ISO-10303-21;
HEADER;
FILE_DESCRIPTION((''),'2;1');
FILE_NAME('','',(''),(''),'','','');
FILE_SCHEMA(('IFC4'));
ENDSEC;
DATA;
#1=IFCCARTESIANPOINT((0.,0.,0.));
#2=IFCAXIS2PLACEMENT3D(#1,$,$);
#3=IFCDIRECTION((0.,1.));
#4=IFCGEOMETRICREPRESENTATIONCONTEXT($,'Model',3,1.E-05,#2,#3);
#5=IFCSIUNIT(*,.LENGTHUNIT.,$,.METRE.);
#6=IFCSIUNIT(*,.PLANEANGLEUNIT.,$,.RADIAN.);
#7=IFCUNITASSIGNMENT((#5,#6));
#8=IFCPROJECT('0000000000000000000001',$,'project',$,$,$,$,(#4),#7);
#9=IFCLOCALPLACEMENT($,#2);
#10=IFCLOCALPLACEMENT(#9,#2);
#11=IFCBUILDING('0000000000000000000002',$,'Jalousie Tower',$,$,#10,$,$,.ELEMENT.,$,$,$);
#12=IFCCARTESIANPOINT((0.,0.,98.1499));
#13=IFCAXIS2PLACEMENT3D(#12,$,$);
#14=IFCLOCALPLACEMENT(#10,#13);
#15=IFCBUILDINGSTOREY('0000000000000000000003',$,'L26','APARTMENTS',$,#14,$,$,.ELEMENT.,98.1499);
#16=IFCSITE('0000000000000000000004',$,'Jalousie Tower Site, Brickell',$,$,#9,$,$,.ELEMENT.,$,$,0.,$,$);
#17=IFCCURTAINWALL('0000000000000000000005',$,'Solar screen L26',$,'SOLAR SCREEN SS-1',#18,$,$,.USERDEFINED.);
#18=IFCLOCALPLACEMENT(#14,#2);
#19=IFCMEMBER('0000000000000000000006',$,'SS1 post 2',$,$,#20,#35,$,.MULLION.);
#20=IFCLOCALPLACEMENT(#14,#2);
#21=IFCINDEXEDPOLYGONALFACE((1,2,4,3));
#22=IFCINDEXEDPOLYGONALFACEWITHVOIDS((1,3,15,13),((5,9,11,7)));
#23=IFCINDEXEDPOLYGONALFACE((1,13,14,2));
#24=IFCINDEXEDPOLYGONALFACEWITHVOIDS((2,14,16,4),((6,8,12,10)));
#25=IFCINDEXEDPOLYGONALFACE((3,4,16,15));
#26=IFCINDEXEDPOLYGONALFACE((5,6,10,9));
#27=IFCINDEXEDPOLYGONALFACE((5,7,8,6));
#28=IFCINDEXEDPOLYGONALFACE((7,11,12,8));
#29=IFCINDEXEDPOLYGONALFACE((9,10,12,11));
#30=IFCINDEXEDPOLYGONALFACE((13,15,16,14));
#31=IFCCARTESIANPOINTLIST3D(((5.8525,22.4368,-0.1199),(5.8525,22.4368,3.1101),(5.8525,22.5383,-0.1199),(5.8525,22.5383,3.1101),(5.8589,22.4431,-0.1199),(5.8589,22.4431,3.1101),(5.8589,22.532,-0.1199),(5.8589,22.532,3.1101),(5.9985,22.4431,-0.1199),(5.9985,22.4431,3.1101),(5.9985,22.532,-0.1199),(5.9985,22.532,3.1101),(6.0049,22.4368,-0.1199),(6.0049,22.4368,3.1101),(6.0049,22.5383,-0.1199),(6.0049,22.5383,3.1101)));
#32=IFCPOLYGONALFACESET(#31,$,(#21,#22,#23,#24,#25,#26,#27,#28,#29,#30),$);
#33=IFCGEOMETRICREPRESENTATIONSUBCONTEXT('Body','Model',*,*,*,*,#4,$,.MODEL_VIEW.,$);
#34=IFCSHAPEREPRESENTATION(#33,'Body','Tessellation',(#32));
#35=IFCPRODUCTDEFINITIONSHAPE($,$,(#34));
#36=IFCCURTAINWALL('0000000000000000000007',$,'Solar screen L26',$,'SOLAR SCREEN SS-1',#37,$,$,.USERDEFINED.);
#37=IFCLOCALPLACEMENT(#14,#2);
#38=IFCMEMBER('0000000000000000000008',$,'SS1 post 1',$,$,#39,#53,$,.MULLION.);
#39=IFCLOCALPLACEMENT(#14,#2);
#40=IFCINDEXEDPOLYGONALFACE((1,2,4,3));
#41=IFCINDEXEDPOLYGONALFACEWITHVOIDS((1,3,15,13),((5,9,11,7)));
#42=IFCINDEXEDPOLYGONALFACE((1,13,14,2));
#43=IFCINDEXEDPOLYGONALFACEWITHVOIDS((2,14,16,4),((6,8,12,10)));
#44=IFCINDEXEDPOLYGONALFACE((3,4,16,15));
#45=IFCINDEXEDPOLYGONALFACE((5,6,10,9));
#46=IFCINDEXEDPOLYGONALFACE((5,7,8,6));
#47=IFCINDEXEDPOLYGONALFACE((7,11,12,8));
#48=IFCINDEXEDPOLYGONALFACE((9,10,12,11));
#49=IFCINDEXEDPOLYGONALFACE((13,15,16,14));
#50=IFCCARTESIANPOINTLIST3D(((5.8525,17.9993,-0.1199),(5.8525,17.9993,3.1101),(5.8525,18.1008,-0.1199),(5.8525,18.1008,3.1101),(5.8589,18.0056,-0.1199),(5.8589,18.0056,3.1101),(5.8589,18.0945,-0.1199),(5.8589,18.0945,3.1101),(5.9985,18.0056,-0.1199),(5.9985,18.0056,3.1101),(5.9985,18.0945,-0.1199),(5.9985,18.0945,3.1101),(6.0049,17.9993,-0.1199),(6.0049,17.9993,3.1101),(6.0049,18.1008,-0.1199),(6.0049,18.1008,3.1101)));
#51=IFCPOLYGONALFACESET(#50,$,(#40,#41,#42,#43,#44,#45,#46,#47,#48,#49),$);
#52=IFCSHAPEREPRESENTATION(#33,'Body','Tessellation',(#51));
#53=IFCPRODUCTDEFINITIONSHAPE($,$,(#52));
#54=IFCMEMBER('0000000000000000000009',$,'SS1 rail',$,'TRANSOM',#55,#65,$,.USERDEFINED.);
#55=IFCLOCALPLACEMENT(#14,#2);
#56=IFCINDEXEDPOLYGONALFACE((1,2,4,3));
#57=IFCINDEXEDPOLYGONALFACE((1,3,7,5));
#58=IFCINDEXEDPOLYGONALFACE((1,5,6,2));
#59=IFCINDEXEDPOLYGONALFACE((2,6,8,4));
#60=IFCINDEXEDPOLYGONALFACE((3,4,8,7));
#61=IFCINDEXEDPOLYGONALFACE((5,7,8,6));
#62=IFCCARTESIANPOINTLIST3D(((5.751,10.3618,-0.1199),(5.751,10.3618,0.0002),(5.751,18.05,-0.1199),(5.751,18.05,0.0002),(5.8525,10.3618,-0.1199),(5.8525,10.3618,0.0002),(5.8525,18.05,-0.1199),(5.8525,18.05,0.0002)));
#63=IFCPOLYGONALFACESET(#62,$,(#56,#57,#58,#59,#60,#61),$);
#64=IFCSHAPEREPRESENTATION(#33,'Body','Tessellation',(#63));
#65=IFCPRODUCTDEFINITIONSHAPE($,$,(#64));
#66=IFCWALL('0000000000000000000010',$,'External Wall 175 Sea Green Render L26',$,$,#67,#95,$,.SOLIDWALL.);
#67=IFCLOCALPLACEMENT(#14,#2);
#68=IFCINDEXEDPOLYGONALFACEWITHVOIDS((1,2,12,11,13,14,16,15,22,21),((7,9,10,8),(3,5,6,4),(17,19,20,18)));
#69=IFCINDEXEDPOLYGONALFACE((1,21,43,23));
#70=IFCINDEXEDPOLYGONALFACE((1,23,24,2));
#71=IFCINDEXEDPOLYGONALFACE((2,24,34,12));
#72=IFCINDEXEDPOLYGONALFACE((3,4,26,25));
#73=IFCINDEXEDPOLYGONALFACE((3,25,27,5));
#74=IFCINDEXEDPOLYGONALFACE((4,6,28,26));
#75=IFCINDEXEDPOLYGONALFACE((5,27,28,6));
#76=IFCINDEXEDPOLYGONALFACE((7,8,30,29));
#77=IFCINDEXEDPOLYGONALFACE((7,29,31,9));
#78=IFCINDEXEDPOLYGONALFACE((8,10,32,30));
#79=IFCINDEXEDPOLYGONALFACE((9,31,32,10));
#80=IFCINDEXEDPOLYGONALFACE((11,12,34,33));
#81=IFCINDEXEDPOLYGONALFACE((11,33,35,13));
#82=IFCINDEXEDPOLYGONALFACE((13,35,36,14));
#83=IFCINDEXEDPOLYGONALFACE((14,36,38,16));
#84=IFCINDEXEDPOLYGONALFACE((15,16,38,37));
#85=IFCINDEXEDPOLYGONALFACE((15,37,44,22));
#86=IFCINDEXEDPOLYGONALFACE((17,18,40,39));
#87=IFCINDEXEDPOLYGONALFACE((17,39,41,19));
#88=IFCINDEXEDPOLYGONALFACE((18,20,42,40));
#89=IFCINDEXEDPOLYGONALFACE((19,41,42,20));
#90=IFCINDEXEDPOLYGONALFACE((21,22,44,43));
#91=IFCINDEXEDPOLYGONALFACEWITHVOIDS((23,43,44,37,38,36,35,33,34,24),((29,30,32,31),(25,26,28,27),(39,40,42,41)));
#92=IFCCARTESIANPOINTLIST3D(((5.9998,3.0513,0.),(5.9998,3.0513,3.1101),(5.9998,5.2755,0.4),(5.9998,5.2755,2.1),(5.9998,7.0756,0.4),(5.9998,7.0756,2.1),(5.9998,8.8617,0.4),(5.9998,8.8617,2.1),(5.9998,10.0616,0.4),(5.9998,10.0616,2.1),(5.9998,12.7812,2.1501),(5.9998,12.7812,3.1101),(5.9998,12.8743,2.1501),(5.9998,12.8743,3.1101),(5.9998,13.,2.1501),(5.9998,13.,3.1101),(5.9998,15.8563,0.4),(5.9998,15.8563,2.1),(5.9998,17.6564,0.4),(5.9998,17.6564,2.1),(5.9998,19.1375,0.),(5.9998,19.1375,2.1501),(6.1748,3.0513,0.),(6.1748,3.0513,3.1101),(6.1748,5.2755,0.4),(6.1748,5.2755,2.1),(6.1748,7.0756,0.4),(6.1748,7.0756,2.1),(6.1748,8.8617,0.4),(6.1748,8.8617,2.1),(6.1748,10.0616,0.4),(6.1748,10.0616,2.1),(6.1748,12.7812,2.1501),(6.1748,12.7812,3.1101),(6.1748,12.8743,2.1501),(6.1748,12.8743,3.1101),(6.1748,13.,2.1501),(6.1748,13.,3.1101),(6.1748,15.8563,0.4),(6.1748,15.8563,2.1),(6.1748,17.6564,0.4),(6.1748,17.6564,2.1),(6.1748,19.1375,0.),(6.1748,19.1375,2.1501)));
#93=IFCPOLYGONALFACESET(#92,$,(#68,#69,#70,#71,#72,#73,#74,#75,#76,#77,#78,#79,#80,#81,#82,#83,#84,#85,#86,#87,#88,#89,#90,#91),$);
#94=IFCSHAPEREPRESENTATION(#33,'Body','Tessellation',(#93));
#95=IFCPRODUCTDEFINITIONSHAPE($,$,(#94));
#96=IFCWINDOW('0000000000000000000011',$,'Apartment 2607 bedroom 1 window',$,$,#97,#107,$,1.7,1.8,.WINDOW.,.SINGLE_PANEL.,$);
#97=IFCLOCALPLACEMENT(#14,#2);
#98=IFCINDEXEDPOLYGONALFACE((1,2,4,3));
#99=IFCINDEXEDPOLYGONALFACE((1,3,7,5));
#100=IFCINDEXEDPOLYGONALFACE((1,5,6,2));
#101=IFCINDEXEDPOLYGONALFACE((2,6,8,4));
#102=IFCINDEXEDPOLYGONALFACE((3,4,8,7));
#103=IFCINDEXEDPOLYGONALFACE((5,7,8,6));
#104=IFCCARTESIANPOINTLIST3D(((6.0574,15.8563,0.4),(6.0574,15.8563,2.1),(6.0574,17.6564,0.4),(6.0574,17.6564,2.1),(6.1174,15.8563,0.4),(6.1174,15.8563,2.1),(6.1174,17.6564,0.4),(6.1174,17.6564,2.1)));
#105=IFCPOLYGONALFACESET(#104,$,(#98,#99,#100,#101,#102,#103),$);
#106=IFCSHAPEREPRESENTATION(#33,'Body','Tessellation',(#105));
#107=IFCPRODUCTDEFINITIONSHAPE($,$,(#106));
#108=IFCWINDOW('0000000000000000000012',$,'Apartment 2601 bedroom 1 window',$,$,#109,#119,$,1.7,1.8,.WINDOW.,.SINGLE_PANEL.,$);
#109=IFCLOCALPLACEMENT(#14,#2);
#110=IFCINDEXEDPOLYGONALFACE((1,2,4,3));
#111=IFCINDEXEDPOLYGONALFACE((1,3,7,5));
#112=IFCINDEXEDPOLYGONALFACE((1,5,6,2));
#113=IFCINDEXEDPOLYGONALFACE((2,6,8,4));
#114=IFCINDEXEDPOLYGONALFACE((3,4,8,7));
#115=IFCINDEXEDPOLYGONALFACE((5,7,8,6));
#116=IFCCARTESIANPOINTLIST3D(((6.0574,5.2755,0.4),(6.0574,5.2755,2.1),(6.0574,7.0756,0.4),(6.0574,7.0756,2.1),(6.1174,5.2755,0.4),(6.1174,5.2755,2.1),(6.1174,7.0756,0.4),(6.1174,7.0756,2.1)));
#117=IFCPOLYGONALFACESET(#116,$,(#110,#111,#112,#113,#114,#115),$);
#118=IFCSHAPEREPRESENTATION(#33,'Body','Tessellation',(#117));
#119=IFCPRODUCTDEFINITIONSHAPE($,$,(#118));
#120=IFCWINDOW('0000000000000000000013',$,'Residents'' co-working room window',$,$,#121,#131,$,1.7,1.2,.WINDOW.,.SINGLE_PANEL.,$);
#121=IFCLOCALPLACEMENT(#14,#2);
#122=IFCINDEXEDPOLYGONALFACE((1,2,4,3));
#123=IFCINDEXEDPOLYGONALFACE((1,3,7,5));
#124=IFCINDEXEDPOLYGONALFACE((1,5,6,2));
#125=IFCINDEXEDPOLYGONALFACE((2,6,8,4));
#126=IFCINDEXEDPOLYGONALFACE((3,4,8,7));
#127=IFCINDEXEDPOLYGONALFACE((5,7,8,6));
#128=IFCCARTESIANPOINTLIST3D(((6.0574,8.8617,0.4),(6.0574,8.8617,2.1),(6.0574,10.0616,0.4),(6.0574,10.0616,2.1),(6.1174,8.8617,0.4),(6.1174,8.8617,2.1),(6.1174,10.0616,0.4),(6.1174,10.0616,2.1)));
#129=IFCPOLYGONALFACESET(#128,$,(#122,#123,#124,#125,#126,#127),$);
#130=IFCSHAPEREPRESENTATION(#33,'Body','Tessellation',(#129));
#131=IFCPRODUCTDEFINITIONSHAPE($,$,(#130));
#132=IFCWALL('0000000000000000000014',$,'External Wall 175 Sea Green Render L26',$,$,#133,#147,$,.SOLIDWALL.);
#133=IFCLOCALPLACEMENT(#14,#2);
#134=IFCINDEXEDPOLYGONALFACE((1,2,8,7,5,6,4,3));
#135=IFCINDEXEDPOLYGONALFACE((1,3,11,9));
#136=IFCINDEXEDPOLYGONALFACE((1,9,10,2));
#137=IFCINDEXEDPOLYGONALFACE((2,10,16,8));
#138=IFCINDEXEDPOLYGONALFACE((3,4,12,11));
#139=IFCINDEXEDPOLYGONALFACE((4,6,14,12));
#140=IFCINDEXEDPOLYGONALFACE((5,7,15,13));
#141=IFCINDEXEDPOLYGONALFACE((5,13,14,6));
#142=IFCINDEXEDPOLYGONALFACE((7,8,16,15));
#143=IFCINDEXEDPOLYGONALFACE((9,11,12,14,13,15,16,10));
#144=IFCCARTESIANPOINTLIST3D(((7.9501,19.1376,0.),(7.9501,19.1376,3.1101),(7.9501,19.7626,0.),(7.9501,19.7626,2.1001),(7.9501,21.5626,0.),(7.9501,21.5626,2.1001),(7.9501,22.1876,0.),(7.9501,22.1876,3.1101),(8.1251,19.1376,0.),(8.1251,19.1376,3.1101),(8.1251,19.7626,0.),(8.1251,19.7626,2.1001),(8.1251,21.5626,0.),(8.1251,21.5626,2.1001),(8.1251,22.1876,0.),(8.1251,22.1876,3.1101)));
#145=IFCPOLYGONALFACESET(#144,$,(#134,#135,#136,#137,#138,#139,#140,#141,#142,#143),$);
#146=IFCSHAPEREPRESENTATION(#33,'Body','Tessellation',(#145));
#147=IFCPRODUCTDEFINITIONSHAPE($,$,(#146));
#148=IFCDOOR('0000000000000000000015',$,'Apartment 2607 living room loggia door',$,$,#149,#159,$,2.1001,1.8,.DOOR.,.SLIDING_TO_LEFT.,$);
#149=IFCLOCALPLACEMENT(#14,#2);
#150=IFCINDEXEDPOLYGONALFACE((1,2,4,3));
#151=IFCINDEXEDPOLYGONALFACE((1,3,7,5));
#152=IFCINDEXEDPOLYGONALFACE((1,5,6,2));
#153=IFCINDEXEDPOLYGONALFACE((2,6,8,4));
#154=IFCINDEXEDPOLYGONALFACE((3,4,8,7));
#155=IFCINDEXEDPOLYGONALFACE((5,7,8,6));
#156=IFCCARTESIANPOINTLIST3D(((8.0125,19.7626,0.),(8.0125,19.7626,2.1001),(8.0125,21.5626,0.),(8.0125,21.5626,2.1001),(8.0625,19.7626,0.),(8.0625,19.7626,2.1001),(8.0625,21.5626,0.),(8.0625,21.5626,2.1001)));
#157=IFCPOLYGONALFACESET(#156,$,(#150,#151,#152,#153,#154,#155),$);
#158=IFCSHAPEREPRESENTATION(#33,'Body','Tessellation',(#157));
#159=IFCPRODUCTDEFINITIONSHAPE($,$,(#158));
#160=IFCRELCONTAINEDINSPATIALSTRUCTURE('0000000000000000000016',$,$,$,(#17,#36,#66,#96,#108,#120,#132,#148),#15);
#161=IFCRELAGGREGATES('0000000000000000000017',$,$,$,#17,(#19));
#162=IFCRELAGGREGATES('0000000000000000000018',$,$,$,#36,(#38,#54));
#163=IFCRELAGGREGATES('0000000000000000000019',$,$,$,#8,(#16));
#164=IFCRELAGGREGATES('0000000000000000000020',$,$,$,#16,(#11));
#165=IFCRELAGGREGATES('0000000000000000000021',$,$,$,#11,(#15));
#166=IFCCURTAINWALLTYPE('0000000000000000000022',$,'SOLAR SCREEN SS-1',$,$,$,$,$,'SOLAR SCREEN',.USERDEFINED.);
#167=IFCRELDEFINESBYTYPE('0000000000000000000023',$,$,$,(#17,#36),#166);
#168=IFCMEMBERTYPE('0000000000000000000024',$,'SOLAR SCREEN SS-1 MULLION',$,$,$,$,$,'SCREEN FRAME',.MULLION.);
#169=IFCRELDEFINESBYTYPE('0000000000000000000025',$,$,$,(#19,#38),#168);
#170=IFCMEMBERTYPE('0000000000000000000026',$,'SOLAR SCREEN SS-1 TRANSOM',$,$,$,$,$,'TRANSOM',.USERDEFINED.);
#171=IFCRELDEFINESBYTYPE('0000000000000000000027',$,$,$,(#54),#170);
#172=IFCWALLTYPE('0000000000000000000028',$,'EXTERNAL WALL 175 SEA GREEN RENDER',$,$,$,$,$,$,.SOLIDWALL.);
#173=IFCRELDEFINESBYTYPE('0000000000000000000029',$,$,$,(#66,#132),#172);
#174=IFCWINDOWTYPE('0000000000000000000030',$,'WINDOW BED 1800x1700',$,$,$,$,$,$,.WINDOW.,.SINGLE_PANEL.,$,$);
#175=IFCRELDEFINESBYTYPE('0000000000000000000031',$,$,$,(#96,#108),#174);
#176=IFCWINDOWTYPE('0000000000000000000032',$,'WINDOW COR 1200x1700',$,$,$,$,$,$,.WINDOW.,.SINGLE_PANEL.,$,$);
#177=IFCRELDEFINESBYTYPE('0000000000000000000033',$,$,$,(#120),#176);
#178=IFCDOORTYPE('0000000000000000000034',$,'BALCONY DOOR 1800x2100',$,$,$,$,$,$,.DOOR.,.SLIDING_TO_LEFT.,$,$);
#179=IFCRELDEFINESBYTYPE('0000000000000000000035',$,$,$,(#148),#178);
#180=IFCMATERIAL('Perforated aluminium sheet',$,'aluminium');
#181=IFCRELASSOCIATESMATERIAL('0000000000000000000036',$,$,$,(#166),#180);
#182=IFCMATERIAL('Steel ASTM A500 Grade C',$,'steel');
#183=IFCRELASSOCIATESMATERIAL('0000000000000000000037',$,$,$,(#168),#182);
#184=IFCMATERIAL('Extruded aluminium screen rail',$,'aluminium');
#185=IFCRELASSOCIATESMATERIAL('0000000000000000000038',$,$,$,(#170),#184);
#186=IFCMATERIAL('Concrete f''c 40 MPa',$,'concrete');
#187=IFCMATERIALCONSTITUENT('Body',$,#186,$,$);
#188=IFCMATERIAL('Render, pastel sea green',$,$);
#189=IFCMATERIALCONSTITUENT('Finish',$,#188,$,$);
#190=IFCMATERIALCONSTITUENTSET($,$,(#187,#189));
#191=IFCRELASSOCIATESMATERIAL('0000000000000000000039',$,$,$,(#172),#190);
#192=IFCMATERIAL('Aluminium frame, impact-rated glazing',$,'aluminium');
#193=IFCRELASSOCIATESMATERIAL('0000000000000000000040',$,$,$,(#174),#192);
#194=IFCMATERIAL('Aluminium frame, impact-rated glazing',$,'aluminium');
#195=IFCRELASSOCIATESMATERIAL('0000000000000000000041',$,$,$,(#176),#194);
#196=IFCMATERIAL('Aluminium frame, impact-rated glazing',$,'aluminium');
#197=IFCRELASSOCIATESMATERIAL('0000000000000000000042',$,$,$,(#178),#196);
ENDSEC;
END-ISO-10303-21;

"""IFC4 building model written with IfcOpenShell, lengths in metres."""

from ifc_helpers import new_model, si_unit, direction, frame, frame_2d, origin, origin_2d, place, context, subcontext, project, spatial, polyline, rectangle, hollow_rectangle, outline, extrude, material, constituent, constituent_set, material_profile, profile_set, type_object, element, fill, aggregate, save


model = new_model("IFC4")

# Units and contexts
model_context = context("Model", 3, precision=1e-05, world=origin(), true_north=direction((0.0, 1.0)))
body_context = subcontext(model_context, "Body", "Model", "MODEL_VIEW")
ifc_project = project(units=[si_unit("LENGTHUNIT", "METRE"), si_unit("PLANEANGLEUNIT", "RADIAN")], contexts=[model_context])

# Site, building, storey
site_placement = place(None, origin())
site = spatial("IfcSite", under=ifc_project, at=site_placement, Name="Jalousie Tower Site, Brickell", CompositionType="ELEMENT", RefElevation=0.0)
building_placement = place(site_placement, origin())
building = spatial("IfcBuilding", under=site, at=building_placement, Name="Jalousie Tower", CompositionType="ELEMENT")
storey_placement = place(building_placement, frame((0.0, 0.0, 98.1499)))
storey = spatial("IfcBuildingStorey", under=building, at=storey_placement, Name="L26", Description="APARTMENTS", CompositionType="ELEMENT", Elevation=98.1499)

# Curtain wall, member
ifc_material_1 = material(Name="Perforated aluminium sheet", Category="aluminium")
curtain_wall_type = type_object("IfcCurtainWallType", Name="SOLAR SCREEN SS-1", ElementType="SOLAR SCREEN", PredefinedType="USERDEFINED", material=ifc_material_1)
curtain_wall_1_placement = place(storey_placement, origin())
curtain_wall_1 = element("IfcCurtainWall", 1, at=curtain_wall_1_placement, inside=storey, type_object=curtain_wall_type, Name="Solar screen L26", ObjectType="SOLAR SCREEN SS-1", PredefinedType="USERDEFINED")
ifc_material_2 = material(Name="Steel ASTM A500 Grade C", Category="steel")
ifc_material_profile_1 = material_profile(ifc_material_2, hollow_rectangle(XDim=0.1016, YDim=0.1523, WallThickness=0.0063, at=origin_2d()), Name="HSS6X4X1/4")
ifc_profile_set_1 = profile_set([ifc_material_profile_1], Name="Steel ASTM A500 Grade C")
member_type_1 = type_object("IfcMemberType", Name="SOLAR SCREEN SS-1 MULLION", ElementType="SCREEN FRAME", PredefinedType="MULLION", material=ifc_profile_set_1)
member_1_placement = place(storey_placement, frame((5.9287, 22.4875, -0.1199), z_axis=(0.0, 0.0, 1.0), x_axis=(0.0, -1.0, 0.0)))
member_1 = element("IfcMember", 2, at=member_1_placement, type_object=member_type_1, Name="SS1 post 2", PredefinedType="MULLION", context=body_context, shape_type="SweptSolid", body=[
    extrude(hollow_rectangle(XDim=0.1016, YDim=0.1523, WallThickness=0.0063, at=origin_2d()), origin(), (0.0, 0.0, 1.0), 3.23),
])
aggregate(curtain_wall_1, [member_1])

# Curtain wall, members
curtain_wall_2_placement = place(storey_placement, origin())
curtain_wall_2 = element("IfcCurtainWall", 3, at=curtain_wall_2_placement, inside=storey, type_object=curtain_wall_type, Name="Solar screen L26", ObjectType="SOLAR SCREEN SS-1", PredefinedType="USERDEFINED")
member_2_placement = place(storey_placement, frame((5.9287, 18.05, -0.1199), z_axis=(0.0, 0.0, 1.0), x_axis=(0.0, -1.0, 0.0)))
member_2 = element("IfcMember", 4, at=member_2_placement, type_object=member_type_1, Name="SS1 post 1", PredefinedType="MULLION", context=body_context, shape_type="SweptSolid", body=[
    extrude(hollow_rectangle(XDim=0.1016, YDim=0.1523, WallThickness=0.0063, at=origin_2d()), origin(), (0.0, 0.0, 1.0), 3.23),
])
ifc_material_3 = material(Name="Extruded aluminium screen rail", Category="aluminium")
ifc_material_profile_2 = material_profile(ifc_material_3, rectangle(XDim=0.1016, YDim=0.1201, at=origin_2d()), Name="RAIL 102x120")
ifc_profile_set_2 = profile_set([ifc_material_profile_2], Name="Extruded aluminium screen rail")
member_type_2 = type_object("IfcMemberType", Name="SOLAR SCREEN SS-1 TRANSOM", ElementType="TRANSOM", PredefinedType="USERDEFINED", material=ifc_profile_set_2)
member_3_placement = place(storey_placement, frame((5.8018, 18.05, -0.0598), z_axis=(0.0, -1.0, 0.0), x_axis=(1.0, 0.0, 0.0)))
member_3 = element("IfcMember", 5, at=member_3_placement, type_object=member_type_2, Name="SS1 rail", ObjectType="TRANSOM", PredefinedType="USERDEFINED", context=body_context, shape_type="SweptSolid", body=[
    extrude(rectangle(XDim=0.1016, YDim=0.1201, at=origin_2d()), origin(), (0.0, 0.0, 1.0), 7.6882),
])
aggregate(curtain_wall_2, [member_2, member_3])

# Wall, openings, windows
ifc_material_4 = material(Name="Concrete f'c 40 MPa", Category="concrete")
ifc_constituent_1 = constituent(ifc_material_4, Name="Body")
ifc_material_5 = material(Name="Render, pastel sea green")
ifc_constituent_2 = constituent(ifc_material_5, Name="Finish")
ifc_constituent_set_1 = constituent_set(constituents=[ifc_constituent_1, ifc_constituent_2])
wall_type_1 = type_object("IfcWallType", Name="EXTERNAL WALL 175 SEA GREEN RENDER", PredefinedType="SOLIDWALL", material=ifc_constituent_set_1)
wall_1_placement = place(storey_placement, frame((6.0874, 19.1375, 0.0), z_axis=(0.0, 0.0, 1.0), x_axis=(0.0, -1.0, 0.0)))
wall_1 = element("IfcWall", 6, at=wall_1_placement, inside=storey, type_object=wall_type_1, Name="External Wall 175 Sea Green Render L26", PredefinedType="SOLIDWALL", context=body_context, shape_type="SweptSolid", body=[
    extrude(outline(polyline([(0.0, 0.0), (16.0862, 0.0), (16.0862, 3.1101), (6.3562, 3.1101), (6.3562, 2.1501), (6.2632, 2.1501), (6.2632, 3.1101), (6.1375, 3.1101), (6.1375, 2.1501), (0.0, 2.1501), (0.0, 0.0)])), frame((0.0, 0.0874, 0.0), z_axis=(0.0, -1.0, 0.0), x_axis=(1.0, 0.0, 0.0)), (0.0, 0.0, 1.0), 0.175),
])
opening_1_placement = place(wall_1_placement, frame((1.4812, 0.0, 0.3999)))
opening_1 = element("IfcOpeningElement", 7, at=opening_1_placement, cuts=wall_1, PredefinedType="OPENING", context=body_context, shape_type="SweptSolid", body=[
    extrude(rectangle(XDim=1.8, YDim=1.7, at=frame_2d((0.8999, 0.8501))), frame((0.0, 0.0974, 0.0), z_axis=(0.0, -1.0, 0.0), x_axis=(1.0, 0.0, 0.0)), (0.0, 0.0, 1.0), 0.1951),
])
opening_2_placement = place(wall_1_placement, frame((9.0757, 0.0, 0.3999)))
opening_2 = element("IfcOpeningElement", 8, at=opening_2_placement, cuts=wall_1, PredefinedType="OPENING", context=body_context, shape_type="SweptSolid", body=[
    extrude(rectangle(XDim=1.2, YDim=1.7, at=frame_2d((0.6001, 0.8501))), frame((0.0, 0.0974, 0.0), z_axis=(0.0, -1.0, 0.0), x_axis=(1.0, 0.0, 0.0)), (0.0, 0.0, 1.0), 0.1951),
])
opening_3_placement = place(wall_1_placement, frame((12.062, 0.0, 0.3999)))
opening_3 = element("IfcOpeningElement", 9, at=opening_3_placement, cuts=wall_1, PredefinedType="OPENING", context=body_context, shape_type="SweptSolid", body=[
    extrude(rectangle(XDim=1.8, YDim=1.7, at=frame_2d((0.8999, 0.8501))), frame((0.0, 0.0974, 0.0), z_axis=(0.0, -1.0, 0.0), x_axis=(1.0, 0.0, 0.0)), (0.0, 0.0, 1.0), 0.1951),
])
ifc_material_6 = material(Name="Aluminium frame, impact-rated glazing", Category="aluminium")
window_type_1 = type_object("IfcWindowType", Name="WINDOW BED 1800x1700", PartitioningType="SINGLE_PANEL", PredefinedType="WINDOW", material=ifc_material_6)
window_1_placement = place(opening_1_placement, origin())
window_1 = element("IfcWindow", 10, at=window_1_placement, inside=storey, type_object=window_type_1, Name="Apartment 2607 bedroom 1 window", OverallHeight=1.7, OverallWidth=1.8, PartitioningType="SINGLE_PANEL", PredefinedType="WINDOW", context=body_context, shape_type="SweptSolid", body=[
    extrude(rectangle(XDim=1.8, YDim=1.7, at=frame_2d((0.8999, 0.8501))), frame((0.0, 0.03, 0.0), z_axis=(0.0, -1.0, 0.0), x_axis=(1.0, 0.0, 0.0)), (0.0, 0.0, 1.0), 0.0601),
])
fill(opening_1, window_1)
window_2_placement = place(opening_3_placement, origin())
window_2 = element("IfcWindow", 11, at=window_2_placement, inside=storey, type_object=window_type_1, Name="Apartment 2601 bedroom 1 window", OverallHeight=1.7, OverallWidth=1.8, PartitioningType="SINGLE_PANEL", PredefinedType="WINDOW", context=body_context, shape_type="SweptSolid", body=[
    extrude(rectangle(XDim=1.8, YDim=1.7, at=frame_2d((0.8999, 0.8501))), frame((0.0, 0.03, 0.0), z_axis=(0.0, -1.0, 0.0), x_axis=(1.0, 0.0, 0.0)), (0.0, 0.0, 1.0), 0.0601),
])
fill(opening_3, window_2)
ifc_material_7 = material(Name="Aluminium frame, impact-rated glazing", Category="aluminium")
window_type_2 = type_object("IfcWindowType", Name="WINDOW COR 1200x1700", PartitioningType="SINGLE_PANEL", PredefinedType="WINDOW", material=ifc_material_7)
window_3_placement = place(opening_2_placement, origin())
window_3 = element("IfcWindow", 12, at=window_3_placement, inside=storey, type_object=window_type_2, Name="Residents' co-working room window", OverallHeight=1.7, OverallWidth=1.2, PartitioningType="SINGLE_PANEL", PredefinedType="WINDOW", context=body_context, shape_type="SweptSolid", body=[
    extrude(rectangle(XDim=1.2, YDim=1.7, at=frame_2d((0.6001, 0.8501))), frame((0.0, 0.03, 0.0), z_axis=(0.0, -1.0, 0.0), x_axis=(1.0, 0.0, 0.0)), (0.0, 0.0, 1.0), 0.0601),
])
fill(opening_2, window_3)

# Wall, opening, door
wall_2_placement = place(storey_placement, frame((8.0376, 22.1875, 0.0), z_axis=(0.0, 0.0, 1.0), x_axis=(0.0, -1.0, 0.0)))
wall_2 = element("IfcWall", 13, at=wall_2_placement, inside=storey, type_object=wall_type_1, Name="External Wall 175 Sea Green Render L26", PredefinedType="SOLIDWALL", context=body_context, shape_type="SweptSolid", body=[
    extrude(rectangle(XDim=3.05, YDim=0.175, at=frame_2d((1.5249, 0.0))), origin(), (0.0, 0.0, 1.0), 3.1101),
])
opening_4_placement = place(wall_2_placement, frame((0.625, 0.0, 0.0)))
opening_4 = element("IfcOpeningElement", 14, at=opening_4_placement, cuts=wall_2, PredefinedType="OPENING", context=body_context, shape_type="SweptSolid", body=[
    extrude(rectangle(XDim=1.8, YDim=2.1001, at=frame_2d((0.8999, 1.05))), frame((0.0, 0.0974, 0.0), z_axis=(0.0, -1.0, 0.0), x_axis=(1.0, 0.0, 0.0)), (0.0, 0.0, 1.0), 0.1951),
])
ifc_material_8 = material(Name="Aluminium frame, impact-rated glazing", Category="aluminium")
door_type_1 = type_object("IfcDoorType", Name="BALCONY DOOR 1800x2100", OperationType="SLIDING_TO_LEFT", PredefinedType="DOOR", material=ifc_material_8)
door_1_placement = place(opening_4_placement, origin())
door_1 = element("IfcDoor", 15, at=door_1_placement, inside=storey, type_object=door_type_1, Name="Apartment 2607 living room loggia door", OperationType="SLIDING_TO_LEFT", OverallHeight=2.1001, OverallWidth=1.8, PredefinedType="DOOR", context=body_context, shape_type="SweptSolid", body=[
    extrude(rectangle(XDim=1.8, YDim=2.1001, at=frame_2d((0.8999, 1.05))), frame((0.0, 0.0249, 0.0), z_axis=(0.0, -1.0, 0.0), x_axis=(1.0, 0.0, 0.0)), (0.0, 0.0, 1.0), 0.05),
])
fill(opening_4, door_1)

save(model, "model.ifc")
